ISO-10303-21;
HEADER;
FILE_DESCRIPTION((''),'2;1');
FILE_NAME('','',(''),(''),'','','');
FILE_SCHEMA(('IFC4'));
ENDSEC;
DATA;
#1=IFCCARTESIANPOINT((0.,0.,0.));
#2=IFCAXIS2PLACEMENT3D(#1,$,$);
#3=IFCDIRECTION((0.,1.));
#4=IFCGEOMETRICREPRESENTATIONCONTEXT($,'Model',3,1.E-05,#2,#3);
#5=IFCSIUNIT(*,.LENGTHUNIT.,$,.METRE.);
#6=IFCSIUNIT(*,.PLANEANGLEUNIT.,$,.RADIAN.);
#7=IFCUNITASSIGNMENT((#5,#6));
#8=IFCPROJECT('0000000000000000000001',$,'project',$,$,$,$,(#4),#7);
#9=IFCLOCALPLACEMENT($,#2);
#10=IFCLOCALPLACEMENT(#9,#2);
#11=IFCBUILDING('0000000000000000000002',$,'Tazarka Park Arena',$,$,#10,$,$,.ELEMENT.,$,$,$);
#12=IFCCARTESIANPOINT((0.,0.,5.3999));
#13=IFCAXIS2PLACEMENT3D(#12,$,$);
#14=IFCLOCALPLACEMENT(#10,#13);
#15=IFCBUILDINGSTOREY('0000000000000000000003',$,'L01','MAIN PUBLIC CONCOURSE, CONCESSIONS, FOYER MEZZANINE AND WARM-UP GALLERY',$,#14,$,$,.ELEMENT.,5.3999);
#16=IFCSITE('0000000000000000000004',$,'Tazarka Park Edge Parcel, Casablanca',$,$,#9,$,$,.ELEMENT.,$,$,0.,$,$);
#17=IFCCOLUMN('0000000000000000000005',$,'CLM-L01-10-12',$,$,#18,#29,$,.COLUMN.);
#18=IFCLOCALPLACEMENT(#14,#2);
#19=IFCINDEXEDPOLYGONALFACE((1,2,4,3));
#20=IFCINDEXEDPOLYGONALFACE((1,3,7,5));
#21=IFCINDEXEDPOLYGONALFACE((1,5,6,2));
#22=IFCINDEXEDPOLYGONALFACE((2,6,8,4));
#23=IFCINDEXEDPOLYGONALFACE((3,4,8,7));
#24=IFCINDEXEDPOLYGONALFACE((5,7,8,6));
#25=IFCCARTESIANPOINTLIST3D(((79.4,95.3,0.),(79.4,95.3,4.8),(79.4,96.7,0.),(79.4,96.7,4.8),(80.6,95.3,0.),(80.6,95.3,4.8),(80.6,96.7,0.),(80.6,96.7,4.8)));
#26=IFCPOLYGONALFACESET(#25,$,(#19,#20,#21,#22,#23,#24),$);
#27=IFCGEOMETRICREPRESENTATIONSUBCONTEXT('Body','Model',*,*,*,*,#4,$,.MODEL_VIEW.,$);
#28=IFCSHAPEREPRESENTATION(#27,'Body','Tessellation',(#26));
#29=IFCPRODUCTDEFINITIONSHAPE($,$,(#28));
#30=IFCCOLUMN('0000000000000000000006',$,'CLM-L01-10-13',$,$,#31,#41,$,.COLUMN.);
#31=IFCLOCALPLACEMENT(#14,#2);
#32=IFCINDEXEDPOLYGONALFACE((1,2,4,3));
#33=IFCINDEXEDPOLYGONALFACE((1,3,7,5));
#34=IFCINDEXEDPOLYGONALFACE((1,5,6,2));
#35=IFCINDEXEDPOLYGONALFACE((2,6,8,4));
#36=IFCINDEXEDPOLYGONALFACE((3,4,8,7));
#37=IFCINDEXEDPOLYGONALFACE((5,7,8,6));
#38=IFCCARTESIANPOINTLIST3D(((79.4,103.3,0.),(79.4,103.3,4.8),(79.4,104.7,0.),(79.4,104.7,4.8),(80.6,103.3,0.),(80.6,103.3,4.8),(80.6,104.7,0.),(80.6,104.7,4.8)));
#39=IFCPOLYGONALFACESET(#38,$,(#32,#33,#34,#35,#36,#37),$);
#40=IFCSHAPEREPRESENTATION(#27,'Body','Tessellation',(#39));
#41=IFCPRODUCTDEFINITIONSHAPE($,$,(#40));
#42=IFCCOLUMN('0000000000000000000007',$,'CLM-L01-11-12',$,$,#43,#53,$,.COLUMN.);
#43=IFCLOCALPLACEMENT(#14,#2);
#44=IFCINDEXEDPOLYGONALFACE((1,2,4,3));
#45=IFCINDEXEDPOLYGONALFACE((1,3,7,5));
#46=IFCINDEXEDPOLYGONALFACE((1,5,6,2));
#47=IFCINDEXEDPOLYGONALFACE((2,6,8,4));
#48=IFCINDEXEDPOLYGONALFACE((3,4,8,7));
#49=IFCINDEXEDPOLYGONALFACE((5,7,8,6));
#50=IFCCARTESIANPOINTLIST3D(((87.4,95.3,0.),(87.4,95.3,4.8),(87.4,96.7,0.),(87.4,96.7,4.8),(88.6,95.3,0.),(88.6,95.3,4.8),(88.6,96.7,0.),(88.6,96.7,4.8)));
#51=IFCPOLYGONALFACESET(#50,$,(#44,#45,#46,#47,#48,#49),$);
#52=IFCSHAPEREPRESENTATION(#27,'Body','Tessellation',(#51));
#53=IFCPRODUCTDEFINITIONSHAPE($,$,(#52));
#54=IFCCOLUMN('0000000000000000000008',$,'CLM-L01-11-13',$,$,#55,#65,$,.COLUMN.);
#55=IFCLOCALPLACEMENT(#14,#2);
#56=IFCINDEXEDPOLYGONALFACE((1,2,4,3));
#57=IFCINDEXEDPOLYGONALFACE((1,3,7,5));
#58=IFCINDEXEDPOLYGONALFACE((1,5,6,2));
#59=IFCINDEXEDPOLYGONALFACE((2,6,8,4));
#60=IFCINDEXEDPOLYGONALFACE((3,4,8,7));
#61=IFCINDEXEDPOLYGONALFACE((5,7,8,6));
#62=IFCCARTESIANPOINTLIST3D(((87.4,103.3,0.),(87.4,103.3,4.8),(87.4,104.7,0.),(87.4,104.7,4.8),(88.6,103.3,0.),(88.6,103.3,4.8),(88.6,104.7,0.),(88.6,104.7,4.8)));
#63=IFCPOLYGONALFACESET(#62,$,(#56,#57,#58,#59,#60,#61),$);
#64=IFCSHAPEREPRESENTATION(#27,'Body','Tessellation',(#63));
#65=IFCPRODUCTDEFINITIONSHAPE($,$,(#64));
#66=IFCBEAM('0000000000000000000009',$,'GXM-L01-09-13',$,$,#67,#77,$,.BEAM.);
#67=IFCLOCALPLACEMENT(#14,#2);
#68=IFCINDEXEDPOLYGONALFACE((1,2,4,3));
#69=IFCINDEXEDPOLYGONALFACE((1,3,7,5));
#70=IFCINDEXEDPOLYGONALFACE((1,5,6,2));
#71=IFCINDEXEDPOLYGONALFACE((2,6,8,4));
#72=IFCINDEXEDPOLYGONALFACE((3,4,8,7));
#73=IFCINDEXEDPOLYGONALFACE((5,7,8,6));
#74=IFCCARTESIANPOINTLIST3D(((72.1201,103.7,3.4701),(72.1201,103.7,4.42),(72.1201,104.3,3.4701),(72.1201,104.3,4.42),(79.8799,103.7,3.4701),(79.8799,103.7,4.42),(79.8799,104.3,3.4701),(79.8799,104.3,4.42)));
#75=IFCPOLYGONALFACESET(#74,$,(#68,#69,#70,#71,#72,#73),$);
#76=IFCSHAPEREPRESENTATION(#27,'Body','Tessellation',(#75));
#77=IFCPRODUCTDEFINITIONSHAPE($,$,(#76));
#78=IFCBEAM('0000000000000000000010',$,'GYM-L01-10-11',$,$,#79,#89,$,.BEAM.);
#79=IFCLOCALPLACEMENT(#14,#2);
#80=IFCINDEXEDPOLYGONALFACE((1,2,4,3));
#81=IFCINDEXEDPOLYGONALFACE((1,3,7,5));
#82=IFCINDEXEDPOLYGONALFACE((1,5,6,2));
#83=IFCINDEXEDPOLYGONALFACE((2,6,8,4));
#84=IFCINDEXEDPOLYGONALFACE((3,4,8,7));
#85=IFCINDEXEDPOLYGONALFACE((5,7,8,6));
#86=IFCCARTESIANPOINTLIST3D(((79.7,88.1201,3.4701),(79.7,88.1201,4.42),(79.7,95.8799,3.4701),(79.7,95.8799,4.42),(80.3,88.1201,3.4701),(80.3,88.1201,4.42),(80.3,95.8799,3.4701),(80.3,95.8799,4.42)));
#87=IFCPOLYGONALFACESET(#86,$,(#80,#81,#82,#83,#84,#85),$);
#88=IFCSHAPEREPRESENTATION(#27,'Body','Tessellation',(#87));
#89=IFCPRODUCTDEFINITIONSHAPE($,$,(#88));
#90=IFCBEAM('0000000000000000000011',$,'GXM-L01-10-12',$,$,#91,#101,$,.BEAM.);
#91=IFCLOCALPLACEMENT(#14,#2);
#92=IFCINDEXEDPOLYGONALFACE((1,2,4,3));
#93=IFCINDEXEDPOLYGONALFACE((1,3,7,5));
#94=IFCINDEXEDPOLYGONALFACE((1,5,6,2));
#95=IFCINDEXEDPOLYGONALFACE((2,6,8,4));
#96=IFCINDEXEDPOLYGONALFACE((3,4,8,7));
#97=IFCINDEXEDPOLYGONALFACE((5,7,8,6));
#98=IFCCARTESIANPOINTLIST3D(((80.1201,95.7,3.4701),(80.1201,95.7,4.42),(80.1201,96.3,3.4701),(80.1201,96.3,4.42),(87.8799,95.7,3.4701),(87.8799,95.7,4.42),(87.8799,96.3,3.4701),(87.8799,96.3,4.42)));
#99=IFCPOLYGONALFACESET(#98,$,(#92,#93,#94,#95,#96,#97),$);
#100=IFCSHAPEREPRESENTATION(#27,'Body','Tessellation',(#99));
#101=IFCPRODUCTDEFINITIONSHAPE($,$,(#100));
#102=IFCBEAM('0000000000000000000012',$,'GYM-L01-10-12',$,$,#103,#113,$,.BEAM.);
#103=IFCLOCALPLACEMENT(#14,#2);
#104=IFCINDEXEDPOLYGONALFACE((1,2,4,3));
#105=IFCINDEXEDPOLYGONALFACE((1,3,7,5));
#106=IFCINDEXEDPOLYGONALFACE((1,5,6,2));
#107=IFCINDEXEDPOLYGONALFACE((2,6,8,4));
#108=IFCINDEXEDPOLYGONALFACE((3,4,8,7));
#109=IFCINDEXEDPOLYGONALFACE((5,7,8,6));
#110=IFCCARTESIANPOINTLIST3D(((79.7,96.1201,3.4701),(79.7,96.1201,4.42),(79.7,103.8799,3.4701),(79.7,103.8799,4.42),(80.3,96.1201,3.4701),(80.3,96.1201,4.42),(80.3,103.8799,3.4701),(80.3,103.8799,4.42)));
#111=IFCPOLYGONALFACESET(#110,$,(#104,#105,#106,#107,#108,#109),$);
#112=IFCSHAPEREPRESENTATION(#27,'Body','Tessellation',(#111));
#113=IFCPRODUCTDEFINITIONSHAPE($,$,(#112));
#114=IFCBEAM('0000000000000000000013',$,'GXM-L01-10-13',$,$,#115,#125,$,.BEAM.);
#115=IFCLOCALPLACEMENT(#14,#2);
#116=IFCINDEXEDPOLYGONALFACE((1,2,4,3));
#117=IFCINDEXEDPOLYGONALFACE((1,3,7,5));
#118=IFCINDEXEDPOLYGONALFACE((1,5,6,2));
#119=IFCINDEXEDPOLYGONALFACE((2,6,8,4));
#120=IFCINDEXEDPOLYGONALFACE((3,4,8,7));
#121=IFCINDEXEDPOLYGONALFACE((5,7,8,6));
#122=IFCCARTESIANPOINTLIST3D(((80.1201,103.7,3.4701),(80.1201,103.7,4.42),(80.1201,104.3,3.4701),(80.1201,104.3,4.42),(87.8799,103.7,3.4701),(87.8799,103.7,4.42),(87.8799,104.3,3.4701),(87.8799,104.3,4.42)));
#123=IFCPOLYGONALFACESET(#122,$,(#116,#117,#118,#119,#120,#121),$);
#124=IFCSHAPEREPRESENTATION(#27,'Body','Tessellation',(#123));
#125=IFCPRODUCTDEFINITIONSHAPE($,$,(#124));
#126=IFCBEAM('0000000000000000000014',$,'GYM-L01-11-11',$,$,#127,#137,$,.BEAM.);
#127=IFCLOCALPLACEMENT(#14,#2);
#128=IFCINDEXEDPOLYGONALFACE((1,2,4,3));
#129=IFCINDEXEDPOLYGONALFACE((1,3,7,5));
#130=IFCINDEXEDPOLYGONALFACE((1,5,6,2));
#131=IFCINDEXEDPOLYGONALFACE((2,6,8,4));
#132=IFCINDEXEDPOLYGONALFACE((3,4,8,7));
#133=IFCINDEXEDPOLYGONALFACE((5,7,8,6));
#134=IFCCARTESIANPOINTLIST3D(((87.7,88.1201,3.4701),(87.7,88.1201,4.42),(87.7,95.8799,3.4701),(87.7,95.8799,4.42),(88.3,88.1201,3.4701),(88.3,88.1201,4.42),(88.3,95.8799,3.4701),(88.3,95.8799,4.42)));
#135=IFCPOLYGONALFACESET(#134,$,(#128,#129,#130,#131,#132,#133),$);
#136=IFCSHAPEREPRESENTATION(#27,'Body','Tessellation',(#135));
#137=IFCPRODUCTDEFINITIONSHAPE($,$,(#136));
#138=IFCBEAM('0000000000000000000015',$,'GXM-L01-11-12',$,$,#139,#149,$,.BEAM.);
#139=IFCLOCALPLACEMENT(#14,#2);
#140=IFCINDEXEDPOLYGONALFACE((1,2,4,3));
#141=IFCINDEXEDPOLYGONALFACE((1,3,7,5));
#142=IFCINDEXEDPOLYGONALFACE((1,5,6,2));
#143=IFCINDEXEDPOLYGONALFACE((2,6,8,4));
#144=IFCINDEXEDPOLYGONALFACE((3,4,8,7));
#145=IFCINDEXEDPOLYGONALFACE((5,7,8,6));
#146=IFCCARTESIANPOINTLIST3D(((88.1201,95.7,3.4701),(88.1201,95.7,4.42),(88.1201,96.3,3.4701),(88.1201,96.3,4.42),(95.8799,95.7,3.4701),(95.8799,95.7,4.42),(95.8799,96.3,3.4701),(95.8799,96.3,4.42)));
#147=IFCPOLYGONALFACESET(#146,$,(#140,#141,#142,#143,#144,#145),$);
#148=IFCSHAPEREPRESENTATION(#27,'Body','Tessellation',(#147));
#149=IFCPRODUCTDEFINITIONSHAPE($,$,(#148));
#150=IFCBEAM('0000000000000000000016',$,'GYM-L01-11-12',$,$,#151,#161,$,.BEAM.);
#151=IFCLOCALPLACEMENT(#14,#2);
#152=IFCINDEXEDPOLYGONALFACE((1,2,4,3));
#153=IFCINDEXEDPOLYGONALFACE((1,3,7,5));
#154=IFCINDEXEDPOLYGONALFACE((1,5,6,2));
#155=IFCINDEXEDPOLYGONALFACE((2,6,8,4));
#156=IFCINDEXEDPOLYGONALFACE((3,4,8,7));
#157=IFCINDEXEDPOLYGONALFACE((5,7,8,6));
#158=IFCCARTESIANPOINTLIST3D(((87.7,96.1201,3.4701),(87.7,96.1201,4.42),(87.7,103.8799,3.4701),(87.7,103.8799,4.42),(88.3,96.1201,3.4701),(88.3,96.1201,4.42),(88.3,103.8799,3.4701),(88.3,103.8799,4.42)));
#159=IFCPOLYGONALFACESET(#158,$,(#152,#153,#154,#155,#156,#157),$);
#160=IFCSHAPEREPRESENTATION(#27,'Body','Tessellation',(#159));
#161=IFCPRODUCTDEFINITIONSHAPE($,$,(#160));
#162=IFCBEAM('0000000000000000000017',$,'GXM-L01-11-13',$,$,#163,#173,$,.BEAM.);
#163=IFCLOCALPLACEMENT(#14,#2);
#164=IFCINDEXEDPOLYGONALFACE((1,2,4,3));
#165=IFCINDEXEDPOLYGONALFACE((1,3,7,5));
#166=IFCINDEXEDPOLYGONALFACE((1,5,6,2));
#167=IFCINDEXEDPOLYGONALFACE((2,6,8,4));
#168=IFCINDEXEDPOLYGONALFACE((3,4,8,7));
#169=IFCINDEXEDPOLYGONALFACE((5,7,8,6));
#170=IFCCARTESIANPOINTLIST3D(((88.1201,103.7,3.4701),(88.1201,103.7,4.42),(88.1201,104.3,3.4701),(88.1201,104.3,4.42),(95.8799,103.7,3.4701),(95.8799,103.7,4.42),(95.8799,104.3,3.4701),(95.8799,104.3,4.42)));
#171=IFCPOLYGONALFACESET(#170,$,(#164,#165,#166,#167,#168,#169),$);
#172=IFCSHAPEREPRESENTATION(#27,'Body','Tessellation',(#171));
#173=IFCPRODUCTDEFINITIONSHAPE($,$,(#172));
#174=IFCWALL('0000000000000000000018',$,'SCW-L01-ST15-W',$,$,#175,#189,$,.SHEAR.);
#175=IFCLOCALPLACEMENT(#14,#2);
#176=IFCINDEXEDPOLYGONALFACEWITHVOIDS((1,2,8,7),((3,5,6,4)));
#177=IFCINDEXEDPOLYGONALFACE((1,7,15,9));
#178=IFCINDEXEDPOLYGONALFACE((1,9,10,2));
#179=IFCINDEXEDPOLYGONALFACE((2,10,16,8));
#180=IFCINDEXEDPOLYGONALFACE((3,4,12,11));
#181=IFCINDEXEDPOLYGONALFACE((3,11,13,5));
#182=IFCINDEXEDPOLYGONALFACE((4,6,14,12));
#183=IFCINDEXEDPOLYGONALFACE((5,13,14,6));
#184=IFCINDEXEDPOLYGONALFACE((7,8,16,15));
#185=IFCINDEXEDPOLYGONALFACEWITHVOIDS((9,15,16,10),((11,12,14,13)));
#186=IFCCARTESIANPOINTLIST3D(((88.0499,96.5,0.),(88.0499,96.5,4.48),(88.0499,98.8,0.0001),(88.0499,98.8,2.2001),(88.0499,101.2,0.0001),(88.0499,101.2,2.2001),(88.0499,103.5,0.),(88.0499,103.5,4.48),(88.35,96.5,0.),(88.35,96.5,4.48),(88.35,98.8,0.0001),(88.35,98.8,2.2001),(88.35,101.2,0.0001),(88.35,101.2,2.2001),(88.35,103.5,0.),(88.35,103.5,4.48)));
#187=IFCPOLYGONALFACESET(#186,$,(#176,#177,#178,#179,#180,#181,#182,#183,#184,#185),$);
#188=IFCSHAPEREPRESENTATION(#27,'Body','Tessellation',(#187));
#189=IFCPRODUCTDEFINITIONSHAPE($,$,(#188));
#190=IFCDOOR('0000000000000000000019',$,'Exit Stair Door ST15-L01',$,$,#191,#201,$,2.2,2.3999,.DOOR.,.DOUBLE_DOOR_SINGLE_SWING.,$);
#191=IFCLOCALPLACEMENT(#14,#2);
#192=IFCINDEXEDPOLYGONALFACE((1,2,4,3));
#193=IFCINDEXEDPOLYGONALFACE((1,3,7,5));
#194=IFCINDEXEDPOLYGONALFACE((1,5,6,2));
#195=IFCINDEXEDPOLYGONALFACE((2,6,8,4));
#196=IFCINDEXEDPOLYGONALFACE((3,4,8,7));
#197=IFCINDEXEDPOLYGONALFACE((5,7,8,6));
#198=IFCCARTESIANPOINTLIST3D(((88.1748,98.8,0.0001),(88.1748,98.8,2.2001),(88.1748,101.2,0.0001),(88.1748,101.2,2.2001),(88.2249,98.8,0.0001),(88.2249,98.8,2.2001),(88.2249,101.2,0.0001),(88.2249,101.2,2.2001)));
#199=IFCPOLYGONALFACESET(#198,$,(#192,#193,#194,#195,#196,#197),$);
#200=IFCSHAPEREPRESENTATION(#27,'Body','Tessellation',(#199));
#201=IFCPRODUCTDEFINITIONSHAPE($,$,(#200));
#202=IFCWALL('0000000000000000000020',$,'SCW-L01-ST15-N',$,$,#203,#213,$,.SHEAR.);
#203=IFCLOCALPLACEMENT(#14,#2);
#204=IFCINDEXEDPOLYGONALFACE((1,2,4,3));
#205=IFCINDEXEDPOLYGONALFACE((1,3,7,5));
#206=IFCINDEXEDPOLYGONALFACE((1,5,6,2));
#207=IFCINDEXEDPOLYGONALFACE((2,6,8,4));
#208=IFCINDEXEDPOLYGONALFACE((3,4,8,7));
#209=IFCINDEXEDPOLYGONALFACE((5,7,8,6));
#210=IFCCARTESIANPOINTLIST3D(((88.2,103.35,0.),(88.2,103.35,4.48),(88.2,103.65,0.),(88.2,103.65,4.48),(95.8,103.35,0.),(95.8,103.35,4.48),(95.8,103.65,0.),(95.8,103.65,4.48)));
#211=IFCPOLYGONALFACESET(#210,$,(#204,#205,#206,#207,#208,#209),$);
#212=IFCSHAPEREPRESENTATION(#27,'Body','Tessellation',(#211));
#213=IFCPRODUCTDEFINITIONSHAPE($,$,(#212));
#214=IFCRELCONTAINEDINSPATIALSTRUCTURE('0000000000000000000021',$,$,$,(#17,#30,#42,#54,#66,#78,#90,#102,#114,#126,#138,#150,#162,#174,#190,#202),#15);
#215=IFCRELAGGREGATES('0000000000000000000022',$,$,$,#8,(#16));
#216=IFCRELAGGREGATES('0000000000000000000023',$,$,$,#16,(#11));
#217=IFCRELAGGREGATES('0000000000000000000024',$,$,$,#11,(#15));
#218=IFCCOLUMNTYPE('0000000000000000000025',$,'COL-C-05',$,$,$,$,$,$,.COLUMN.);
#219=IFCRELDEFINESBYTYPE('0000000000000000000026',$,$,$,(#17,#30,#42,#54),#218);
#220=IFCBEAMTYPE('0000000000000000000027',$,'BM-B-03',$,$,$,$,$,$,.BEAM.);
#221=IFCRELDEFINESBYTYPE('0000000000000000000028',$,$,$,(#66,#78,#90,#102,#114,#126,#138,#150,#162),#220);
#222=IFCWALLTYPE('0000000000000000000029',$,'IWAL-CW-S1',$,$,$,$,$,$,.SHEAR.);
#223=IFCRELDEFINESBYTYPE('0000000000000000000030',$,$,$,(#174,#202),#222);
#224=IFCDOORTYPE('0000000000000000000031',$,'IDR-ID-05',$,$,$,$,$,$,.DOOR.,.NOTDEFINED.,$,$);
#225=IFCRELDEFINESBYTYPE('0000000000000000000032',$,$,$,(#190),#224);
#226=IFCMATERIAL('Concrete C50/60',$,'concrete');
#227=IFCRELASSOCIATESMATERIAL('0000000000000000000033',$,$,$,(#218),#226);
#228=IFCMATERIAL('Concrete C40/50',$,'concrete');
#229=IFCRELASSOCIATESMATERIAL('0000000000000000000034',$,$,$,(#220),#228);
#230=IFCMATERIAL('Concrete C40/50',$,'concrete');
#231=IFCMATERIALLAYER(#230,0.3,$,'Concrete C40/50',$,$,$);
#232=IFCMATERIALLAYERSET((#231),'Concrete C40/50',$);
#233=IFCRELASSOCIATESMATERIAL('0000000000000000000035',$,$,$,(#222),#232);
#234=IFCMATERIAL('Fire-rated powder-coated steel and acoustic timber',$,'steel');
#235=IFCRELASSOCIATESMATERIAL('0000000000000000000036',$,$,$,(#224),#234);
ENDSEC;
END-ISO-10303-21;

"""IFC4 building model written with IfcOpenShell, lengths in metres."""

from ifc_helpers import new_model, si_unit, direction, frame, frame_2d, origin, origin_2d, place, context, subcontext, project, spatial, rectangle, extrude, material, layer, layer_set, material_profile, profile_set, type_object, element, fill, save


model = new_model("IFC4")

# Units and contexts
model_context = context("Model", 3, precision=1e-05, world=origin(), true_north=direction((0.0, 1.0)))
body_context = subcontext(model_context, "Body", "Model", "MODEL_VIEW")
ifc_project = project(units=[si_unit("LENGTHUNIT", "METRE"), si_unit("PLANEANGLEUNIT", "RADIAN")], contexts=[model_context])

# Site, building, storey
site_placement = place(None, origin())
site = spatial("IfcSite", under=ifc_project, at=site_placement, Name="Tazarka Park Edge Parcel, Casablanca", CompositionType="ELEMENT", RefElevation=0.0)
building_placement = place(site_placement, origin())
building = spatial("IfcBuilding", under=site, at=building_placement, Name="Tazarka Park Arena", CompositionType="ELEMENT")
storey_placement = place(building_placement, frame((0.0, 0.0, 5.3999)))
storey = spatial("IfcBuildingStorey", under=building, at=storey_placement, Name="L01", Description="MAIN PUBLIC CONCOURSE, CONCESSIONS, FOYER MEZZANINE AND WARM-UP GALLERY", CompositionType="ELEMENT", Elevation=5.3999)

# Columns
ifc_material_1 = material(Name="Concrete C50/60", Category="concrete")
ifc_material_profile_1 = material_profile(ifc_material_1, rectangle(XDim=1.2, YDim=1.3999, at=origin_2d()), Name="Concrete C50/60")
ifc_profile_set_1 = profile_set([ifc_material_profile_1], Name="Concrete C50/60")
column_type = type_object("IfcColumnType", Name="COL-C-05", PredefinedType="COLUMN", material=ifc_profile_set_1)
for number, where, z_axis, x_axis, name in (
    (1, (80.0, 96.0, 0.0), (0.0, 0.0, 1.0), (1.0, 0.0, 0.0), "CLM-L01-10-12"),
    (2, (80.0, 104.0, 0.0), (0.0, 0.0, 1.0), (1.0, 0.0, 0.0), "CLM-L01-10-13"),
    (3, (88.0, 96.0, 0.0), (0.0, 0.0, 1.0), (1.0, 0.0, 0.0), "CLM-L01-11-12"),
    (4, (88.0, 104.0, 0.0), (0.0, 0.0, 1.0), (1.0, 0.0, 0.0), "CLM-L01-11-13"),
):
    element("IfcColumn", number, at=place(storey_placement, frame(where, z_axis=z_axis, x_axis=x_axis)), inside=storey, type_object=column_type, Name=name, PredefinedType="COLUMN", context=body_context, shape_type="SweptSolid", body=[
        extrude(rectangle(XDim=1.2, YDim=1.3999, at=origin_2d()), origin(), (0.0, 0.0, 1.0), 4.8),
    ])

# Beams
ifc_material_2 = material(Name="Concrete C40/50", Category="concrete")
ifc_material_profile_2 = material_profile(ifc_material_2, rectangle(XDim=0.6001, YDim=0.95, at=origin_2d()), Name="Concrete C40/50")
ifc_profile_set_2 = profile_set([ifc_material_profile_2], Name="Concrete C40/50")
beam_type = type_object("IfcBeamType", Name="BM-B-03", PredefinedType="BEAM", material=ifc_profile_set_2)
for number, where, z_axis, x_axis, name in (
    (5, (72.1201, 104.0, 3.9451), (1.0, 0.0, 0.0), (0.0, 1.0, 0.0), "GXM-L01-09-13"),
    (6, (80.0, 88.1201, 3.9451), (0.0, 1.0, 0.0), (-1.0, 0.0, 0.0), "GYM-L01-10-11"),
    (7, (80.1201, 96.0, 3.9451), (1.0, 0.0, 0.0), (0.0, 1.0, 0.0), "GXM-L01-10-12"),
    (8, (80.0, 96.1201, 3.9451), (0.0, 1.0, 0.0), (-1.0, 0.0, 0.0), "GYM-L01-10-12"),
    (9, (80.1201, 104.0, 3.9451), (1.0, 0.0, 0.0), (0.0, 1.0, 0.0), "GXM-L01-10-13"),
    (10, (88.0, 88.1201, 3.9451), (0.0, 1.0, 0.0), (-1.0, 0.0, 0.0), "GYM-L01-11-11"),
    (11, (88.1201, 96.0, 3.9451), (1.0, 0.0, 0.0), (0.0, 1.0, 0.0), "GXM-L01-11-12"),
    (12, (88.0, 96.1201, 3.9451), (0.0, 1.0, 0.0), (-1.0, 0.0, 0.0), "GYM-L01-11-12"),
    (13, (88.1201, 104.0, 3.9451), (1.0, 0.0, 0.0), (0.0, 1.0, 0.0), "GXM-L01-11-13"),
):
    element("IfcBeam", number, at=place(storey_placement, frame(where, z_axis=z_axis, x_axis=x_axis)), inside=storey, type_object=beam_type, Name=name, PredefinedType="BEAM", context=body_context, shape_type="SweptSolid", body=[
        extrude(rectangle(XDim=0.6001, YDim=0.95, at=origin_2d()), origin(), (0.0, 0.0, 1.0), 7.7598),
    ])

# Wall, opening, door
ifc_material_3 = material(Name="Concrete C40/50", Category="concrete")
ifc_layer_1 = layer(ifc_material_3, 0.3, Name="Concrete C40/50")
ifc_layer_set_1 = layer_set([ifc_layer_1], Name="Concrete C40/50")
wall_type_1 = type_object("IfcWallType", Name="IWAL-CW-S1", PredefinedType="SHEAR", material=ifc_layer_set_1)
wall_1_placement = place(storey_placement, frame((88.2, 96.5, 0.0), z_axis=(0.0, 0.0, 1.0), x_axis=(0.0, 1.0, 0.0)))
wall_1 = element("IfcWall", 14, at=wall_1_placement, inside=storey, type_object=wall_type_1, Name="SCW-L01-ST15-W", PredefinedType="SHEAR", context=body_context, shape_type="SweptSolid", body=[
    extrude(rectangle(XDim=7.0, YDim=0.3, at=frame_2d((3.5, 0.0))), origin(), (0.0, 0.0, 1.0), 4.48),
])
opening_1_placement = place(wall_1_placement, frame((2.3, 0.0, 0.0)))
opening_1 = element("IfcOpeningElement", 15, at=opening_1_placement, cuts=wall_1, PredefinedType="OPENING", context=body_context, shape_type="SweptSolid", body=[
    extrude(rectangle(XDim=2.3999, YDim=2.2, at=frame_2d((1.2, 1.1001))), frame((0.0, 0.1602, 0.0), z_axis=(0.0, -1.0, 0.0), x_axis=(1.0, 0.0, 0.0)), (0.0, 0.0, 1.0), 0.3201),
])
ifc_material_4 = material(Name="Fire-rated powder-coated steel and acoustic timber", Category="steel")
door_type_1 = type_object("IfcDoorType", Name="IDR-ID-05", OperationType="NOTDEFINED", PredefinedType="DOOR", material=ifc_material_4)
door_1_placement = place(opening_1_placement, frame((2.3999, 0.0, 0.0), z_axis=(0.0, 0.0, 1.0), x_axis=(-1.0, 0.0, 0.0)))
door_1 = element("IfcDoor", 16, at=door_1_placement, inside=storey, type_object=door_type_1, Name="Exit Stair Door ST15-L01", OperationType="DOUBLE_DOOR_SINGLE_SWING", OverallHeight=2.2, OverallWidth=2.3999, PredefinedType="DOOR", context=body_context, shape_type="SweptSolid", body=[
    extrude(rectangle(XDim=2.3999, YDim=2.2, at=frame_2d((1.2, 1.1001))), frame((0.0, 0.0249, 0.0), z_axis=(0.0, -1.0, 0.0), x_axis=(1.0, 0.0, 0.0)), (0.0, 0.0, 1.0), 0.05),
])
fill(opening_1, door_1)

# Wall
wall_2_placement = place(storey_placement, frame((88.2, 103.5, 0.0), z_axis=(0.0, 0.0, 1.0), x_axis=(1.0, 0.0, 0.0)))
element("IfcWall", 17, at=wall_2_placement, inside=storey, type_object=wall_type_1, Name="SCW-L01-ST15-N", PredefinedType="SHEAR", context=body_context, shape_type="SweptSolid", body=[
    extrude(rectangle(XDim=7.6001, YDim=0.3, at=frame_2d((3.8, 0.0))), origin(), (0.0, 0.0, 1.0), 4.48),
])

save(model, "model.ifc")
